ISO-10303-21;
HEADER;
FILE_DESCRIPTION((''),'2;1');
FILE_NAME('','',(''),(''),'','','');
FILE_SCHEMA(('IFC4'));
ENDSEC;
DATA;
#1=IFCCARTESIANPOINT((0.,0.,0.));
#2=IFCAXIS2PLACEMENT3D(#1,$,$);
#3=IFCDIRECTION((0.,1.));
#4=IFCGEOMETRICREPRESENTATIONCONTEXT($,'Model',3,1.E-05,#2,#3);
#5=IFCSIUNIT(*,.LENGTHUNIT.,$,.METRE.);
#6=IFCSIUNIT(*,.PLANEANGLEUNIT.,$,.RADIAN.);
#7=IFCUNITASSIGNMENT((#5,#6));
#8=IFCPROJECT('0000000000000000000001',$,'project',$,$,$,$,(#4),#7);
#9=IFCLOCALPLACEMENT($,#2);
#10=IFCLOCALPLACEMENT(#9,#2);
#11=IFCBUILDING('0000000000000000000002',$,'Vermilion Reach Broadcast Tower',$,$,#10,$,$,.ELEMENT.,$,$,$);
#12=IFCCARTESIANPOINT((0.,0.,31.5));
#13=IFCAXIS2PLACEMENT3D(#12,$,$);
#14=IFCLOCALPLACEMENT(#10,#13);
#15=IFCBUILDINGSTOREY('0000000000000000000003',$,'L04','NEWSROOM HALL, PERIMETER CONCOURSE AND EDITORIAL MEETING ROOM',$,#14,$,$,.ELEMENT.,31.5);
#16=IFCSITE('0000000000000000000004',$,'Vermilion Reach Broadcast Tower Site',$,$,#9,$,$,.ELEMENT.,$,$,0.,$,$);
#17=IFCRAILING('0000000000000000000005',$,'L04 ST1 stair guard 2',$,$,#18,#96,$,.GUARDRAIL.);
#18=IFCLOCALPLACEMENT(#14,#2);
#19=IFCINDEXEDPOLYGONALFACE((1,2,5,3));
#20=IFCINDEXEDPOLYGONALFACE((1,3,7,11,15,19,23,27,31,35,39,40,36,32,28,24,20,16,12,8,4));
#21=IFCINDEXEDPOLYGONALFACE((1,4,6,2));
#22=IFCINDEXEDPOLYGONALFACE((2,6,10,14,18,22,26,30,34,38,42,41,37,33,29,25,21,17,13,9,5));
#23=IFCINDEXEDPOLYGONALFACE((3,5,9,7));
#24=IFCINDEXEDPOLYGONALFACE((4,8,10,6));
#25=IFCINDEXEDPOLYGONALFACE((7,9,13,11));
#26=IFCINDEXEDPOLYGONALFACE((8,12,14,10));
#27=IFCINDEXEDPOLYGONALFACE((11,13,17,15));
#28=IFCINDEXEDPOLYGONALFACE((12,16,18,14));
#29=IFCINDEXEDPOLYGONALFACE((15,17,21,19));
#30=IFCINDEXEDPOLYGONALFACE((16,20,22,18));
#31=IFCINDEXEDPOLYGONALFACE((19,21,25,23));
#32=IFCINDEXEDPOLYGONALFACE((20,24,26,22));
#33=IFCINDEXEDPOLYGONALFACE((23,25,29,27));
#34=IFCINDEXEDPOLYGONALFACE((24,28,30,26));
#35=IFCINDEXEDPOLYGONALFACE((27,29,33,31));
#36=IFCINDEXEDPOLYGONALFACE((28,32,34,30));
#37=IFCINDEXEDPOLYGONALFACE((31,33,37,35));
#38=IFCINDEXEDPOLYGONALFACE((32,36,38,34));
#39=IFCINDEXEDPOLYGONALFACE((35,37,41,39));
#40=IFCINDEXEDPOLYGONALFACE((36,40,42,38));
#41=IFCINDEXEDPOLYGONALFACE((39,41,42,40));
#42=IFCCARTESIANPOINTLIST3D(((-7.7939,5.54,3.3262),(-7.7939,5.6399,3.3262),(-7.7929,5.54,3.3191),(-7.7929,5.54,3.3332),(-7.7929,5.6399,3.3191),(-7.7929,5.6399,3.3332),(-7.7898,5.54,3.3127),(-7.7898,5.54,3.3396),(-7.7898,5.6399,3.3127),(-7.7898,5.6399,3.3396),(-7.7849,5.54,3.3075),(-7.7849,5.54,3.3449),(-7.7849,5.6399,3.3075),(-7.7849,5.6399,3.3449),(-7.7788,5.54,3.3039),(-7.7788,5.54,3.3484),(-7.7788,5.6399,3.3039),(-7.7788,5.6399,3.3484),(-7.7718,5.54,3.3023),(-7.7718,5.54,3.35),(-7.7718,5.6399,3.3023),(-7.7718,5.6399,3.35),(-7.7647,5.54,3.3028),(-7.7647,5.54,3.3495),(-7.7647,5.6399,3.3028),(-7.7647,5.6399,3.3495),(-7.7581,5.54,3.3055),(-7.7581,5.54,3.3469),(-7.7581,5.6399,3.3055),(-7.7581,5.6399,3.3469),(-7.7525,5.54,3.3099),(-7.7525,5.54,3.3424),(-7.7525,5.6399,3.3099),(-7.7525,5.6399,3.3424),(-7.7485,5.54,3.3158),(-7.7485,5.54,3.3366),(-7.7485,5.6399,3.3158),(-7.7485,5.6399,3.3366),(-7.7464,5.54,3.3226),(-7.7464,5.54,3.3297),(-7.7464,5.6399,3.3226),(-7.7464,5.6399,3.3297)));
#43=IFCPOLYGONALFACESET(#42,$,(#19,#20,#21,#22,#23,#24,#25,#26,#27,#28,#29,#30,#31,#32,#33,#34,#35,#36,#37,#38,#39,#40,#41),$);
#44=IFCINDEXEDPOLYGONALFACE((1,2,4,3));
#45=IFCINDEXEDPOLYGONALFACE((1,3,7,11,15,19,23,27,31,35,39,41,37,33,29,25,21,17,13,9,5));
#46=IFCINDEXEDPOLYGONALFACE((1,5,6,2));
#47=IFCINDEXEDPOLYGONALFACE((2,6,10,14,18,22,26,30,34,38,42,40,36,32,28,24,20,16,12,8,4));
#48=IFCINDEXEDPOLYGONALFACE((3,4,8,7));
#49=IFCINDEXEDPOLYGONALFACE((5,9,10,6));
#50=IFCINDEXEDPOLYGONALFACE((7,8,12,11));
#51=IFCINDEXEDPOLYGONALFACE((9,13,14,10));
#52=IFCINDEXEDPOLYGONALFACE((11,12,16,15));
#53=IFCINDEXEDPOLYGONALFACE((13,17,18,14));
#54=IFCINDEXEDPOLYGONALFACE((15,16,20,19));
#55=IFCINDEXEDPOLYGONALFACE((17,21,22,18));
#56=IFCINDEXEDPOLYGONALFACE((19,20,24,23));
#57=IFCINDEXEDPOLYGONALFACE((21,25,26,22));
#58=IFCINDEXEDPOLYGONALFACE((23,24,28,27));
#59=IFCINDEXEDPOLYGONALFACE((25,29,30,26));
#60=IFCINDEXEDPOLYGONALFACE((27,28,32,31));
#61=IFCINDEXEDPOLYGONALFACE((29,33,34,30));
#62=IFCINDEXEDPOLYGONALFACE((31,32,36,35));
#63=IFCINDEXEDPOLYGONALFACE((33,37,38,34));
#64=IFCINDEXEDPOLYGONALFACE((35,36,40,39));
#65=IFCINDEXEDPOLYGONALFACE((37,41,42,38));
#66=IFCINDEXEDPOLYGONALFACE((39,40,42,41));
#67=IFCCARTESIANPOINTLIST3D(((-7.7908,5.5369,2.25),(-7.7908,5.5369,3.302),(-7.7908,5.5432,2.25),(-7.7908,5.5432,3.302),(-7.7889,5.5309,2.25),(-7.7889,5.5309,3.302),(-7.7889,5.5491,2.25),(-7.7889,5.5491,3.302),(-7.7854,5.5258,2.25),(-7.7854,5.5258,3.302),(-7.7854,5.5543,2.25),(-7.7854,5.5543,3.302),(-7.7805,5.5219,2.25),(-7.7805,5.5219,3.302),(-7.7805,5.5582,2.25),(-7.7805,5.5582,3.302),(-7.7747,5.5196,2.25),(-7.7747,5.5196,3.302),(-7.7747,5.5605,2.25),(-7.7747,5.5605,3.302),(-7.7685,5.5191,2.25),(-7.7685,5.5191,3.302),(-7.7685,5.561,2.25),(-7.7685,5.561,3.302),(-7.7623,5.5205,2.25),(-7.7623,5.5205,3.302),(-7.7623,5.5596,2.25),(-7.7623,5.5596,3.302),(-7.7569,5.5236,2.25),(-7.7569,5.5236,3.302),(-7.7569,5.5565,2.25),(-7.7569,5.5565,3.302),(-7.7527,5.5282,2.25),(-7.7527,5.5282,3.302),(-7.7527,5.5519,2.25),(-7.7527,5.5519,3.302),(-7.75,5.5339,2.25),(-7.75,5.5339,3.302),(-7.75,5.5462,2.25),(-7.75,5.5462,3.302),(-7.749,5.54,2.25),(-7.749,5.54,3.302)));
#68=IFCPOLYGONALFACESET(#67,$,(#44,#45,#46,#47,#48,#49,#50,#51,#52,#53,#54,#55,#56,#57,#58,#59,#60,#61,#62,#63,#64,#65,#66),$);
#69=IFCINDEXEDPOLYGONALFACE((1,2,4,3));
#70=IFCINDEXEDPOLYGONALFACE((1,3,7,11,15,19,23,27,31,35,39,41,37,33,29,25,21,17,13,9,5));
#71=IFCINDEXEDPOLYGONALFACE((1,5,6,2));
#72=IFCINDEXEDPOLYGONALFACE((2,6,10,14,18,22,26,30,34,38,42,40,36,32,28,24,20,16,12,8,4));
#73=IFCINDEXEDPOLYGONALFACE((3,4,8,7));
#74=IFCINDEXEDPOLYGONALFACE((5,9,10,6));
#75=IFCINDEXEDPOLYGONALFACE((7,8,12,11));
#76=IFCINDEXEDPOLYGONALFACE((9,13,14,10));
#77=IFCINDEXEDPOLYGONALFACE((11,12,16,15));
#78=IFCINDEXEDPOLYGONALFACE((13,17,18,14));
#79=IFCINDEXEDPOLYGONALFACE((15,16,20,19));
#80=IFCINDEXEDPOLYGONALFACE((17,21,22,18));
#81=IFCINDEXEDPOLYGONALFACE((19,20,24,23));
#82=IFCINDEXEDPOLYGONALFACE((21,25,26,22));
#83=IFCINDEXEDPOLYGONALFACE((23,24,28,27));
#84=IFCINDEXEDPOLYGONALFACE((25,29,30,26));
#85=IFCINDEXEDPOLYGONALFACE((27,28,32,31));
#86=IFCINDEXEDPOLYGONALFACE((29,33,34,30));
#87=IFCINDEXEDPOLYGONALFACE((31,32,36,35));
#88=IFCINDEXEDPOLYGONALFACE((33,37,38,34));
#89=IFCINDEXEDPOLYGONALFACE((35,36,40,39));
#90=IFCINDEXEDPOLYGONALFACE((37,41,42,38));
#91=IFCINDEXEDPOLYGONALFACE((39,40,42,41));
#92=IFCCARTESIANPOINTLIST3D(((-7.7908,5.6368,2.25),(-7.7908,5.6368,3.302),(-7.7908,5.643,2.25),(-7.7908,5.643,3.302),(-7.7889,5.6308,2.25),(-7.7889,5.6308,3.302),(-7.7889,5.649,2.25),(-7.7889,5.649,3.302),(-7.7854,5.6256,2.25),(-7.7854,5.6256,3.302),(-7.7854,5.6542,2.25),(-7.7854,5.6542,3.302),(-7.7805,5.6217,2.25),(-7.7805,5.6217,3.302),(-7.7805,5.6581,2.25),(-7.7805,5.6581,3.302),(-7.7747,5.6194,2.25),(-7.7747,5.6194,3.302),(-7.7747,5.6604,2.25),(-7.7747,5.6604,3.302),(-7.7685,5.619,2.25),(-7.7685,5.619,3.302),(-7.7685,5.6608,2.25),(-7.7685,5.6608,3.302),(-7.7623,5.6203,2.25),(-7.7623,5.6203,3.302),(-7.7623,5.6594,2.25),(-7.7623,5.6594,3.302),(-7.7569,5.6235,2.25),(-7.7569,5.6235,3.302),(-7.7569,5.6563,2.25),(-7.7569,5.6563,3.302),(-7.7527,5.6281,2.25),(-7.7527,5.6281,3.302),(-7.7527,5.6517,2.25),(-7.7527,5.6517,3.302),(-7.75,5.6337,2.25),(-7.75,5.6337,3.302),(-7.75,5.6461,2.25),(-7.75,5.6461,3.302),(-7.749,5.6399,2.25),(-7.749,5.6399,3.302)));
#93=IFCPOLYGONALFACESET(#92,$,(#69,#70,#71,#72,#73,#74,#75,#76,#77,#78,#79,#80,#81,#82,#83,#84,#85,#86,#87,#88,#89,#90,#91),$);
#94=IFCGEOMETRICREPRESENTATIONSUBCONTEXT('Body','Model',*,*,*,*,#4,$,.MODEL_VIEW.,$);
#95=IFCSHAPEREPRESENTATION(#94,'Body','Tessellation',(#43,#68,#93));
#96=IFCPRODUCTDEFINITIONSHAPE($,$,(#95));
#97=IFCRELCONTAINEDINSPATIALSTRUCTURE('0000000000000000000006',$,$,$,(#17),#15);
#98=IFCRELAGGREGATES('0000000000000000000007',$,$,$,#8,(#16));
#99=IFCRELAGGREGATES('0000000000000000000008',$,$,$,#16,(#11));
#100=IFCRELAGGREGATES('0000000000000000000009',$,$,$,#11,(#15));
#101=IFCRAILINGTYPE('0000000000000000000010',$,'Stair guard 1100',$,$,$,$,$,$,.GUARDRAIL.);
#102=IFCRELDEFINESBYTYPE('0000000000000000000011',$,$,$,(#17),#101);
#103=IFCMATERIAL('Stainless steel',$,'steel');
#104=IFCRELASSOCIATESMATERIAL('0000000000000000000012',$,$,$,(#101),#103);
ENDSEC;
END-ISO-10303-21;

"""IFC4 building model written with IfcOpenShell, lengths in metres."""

from ifc_helpers import new_model, si_unit, direction, frame, origin, origin_2d, place, context, subcontext, project, spatial, circle, extrude, material, type_object, element, save


model = new_model("IFC4")

# Units and contexts
model_context = context("Model", 3, precision=1e-05, world=origin(), true_north=direction((0.0, 1.0)))
body_context = subcontext(model_context, "Body", "Model", "MODEL_VIEW")
ifc_project = project(units=[si_unit("LENGTHUNIT", "METRE"), si_unit("PLANEANGLEUNIT", "RADIAN")], contexts=[model_context])

# Site, building, storey
site_placement = place(None, origin())
site = spatial("IfcSite", under=ifc_project, at=site_placement, Name="Vermilion Reach Broadcast Tower Site", CompositionType="ELEMENT", RefElevation=0.0)
building_placement = place(site_placement, origin())
building = spatial("IfcBuilding", under=site, at=building_placement, Name="Vermilion Reach Broadcast Tower", CompositionType="ELEMENT")
storey_placement = place(building_placement, frame((0.0, 0.0, 31.5)))
storey = spatial("IfcBuildingStorey", under=building, at=storey_placement, Name="L04", Description="NEWSROOM HALL, PERIMETER CONCOURSE AND EDITORIAL MEETING ROOM", CompositionType="ELEMENT", Elevation=31.5)

# Railing
ifc_material_1 = material(Name="Stainless steel", Category="steel")
railing_type_1 = type_object("IfcRailingType", Name="Stair guard 1100", PredefinedType="GUARDRAIL", material=ifc_material_1)
railing_1_placement = place(storey_placement, frame((-7.77, 5.54, 2.25)))
element("IfcRailing", 1, at=railing_1_placement, inside=storey, type_object=railing_type_1, Name="L04 ST1 stair guard 2", PredefinedType="GUARDRAIL", context=body_context, shape_type="SweptSolid", body=[
    extrude(circle(Radius=0.0239, at=origin_2d()), frame((0.0, 0.0, 1.0762), z_axis=(0.0, 1.0, 0.0), x_axis=(-1.0, 0.0, 0.0)), (0.0, 0.0, 1.0), 0.0999),
    extrude(circle(Radius=0.021, at=origin_2d()), origin(), (0.0, 0.0, 1.0), 1.052),
    extrude(circle(Radius=0.021, at=origin_2d()), frame((0.0, 0.0999, 0.0)), (0.0, 0.0, 1.0), 1.052),
])

save(model, "model.ifc")
